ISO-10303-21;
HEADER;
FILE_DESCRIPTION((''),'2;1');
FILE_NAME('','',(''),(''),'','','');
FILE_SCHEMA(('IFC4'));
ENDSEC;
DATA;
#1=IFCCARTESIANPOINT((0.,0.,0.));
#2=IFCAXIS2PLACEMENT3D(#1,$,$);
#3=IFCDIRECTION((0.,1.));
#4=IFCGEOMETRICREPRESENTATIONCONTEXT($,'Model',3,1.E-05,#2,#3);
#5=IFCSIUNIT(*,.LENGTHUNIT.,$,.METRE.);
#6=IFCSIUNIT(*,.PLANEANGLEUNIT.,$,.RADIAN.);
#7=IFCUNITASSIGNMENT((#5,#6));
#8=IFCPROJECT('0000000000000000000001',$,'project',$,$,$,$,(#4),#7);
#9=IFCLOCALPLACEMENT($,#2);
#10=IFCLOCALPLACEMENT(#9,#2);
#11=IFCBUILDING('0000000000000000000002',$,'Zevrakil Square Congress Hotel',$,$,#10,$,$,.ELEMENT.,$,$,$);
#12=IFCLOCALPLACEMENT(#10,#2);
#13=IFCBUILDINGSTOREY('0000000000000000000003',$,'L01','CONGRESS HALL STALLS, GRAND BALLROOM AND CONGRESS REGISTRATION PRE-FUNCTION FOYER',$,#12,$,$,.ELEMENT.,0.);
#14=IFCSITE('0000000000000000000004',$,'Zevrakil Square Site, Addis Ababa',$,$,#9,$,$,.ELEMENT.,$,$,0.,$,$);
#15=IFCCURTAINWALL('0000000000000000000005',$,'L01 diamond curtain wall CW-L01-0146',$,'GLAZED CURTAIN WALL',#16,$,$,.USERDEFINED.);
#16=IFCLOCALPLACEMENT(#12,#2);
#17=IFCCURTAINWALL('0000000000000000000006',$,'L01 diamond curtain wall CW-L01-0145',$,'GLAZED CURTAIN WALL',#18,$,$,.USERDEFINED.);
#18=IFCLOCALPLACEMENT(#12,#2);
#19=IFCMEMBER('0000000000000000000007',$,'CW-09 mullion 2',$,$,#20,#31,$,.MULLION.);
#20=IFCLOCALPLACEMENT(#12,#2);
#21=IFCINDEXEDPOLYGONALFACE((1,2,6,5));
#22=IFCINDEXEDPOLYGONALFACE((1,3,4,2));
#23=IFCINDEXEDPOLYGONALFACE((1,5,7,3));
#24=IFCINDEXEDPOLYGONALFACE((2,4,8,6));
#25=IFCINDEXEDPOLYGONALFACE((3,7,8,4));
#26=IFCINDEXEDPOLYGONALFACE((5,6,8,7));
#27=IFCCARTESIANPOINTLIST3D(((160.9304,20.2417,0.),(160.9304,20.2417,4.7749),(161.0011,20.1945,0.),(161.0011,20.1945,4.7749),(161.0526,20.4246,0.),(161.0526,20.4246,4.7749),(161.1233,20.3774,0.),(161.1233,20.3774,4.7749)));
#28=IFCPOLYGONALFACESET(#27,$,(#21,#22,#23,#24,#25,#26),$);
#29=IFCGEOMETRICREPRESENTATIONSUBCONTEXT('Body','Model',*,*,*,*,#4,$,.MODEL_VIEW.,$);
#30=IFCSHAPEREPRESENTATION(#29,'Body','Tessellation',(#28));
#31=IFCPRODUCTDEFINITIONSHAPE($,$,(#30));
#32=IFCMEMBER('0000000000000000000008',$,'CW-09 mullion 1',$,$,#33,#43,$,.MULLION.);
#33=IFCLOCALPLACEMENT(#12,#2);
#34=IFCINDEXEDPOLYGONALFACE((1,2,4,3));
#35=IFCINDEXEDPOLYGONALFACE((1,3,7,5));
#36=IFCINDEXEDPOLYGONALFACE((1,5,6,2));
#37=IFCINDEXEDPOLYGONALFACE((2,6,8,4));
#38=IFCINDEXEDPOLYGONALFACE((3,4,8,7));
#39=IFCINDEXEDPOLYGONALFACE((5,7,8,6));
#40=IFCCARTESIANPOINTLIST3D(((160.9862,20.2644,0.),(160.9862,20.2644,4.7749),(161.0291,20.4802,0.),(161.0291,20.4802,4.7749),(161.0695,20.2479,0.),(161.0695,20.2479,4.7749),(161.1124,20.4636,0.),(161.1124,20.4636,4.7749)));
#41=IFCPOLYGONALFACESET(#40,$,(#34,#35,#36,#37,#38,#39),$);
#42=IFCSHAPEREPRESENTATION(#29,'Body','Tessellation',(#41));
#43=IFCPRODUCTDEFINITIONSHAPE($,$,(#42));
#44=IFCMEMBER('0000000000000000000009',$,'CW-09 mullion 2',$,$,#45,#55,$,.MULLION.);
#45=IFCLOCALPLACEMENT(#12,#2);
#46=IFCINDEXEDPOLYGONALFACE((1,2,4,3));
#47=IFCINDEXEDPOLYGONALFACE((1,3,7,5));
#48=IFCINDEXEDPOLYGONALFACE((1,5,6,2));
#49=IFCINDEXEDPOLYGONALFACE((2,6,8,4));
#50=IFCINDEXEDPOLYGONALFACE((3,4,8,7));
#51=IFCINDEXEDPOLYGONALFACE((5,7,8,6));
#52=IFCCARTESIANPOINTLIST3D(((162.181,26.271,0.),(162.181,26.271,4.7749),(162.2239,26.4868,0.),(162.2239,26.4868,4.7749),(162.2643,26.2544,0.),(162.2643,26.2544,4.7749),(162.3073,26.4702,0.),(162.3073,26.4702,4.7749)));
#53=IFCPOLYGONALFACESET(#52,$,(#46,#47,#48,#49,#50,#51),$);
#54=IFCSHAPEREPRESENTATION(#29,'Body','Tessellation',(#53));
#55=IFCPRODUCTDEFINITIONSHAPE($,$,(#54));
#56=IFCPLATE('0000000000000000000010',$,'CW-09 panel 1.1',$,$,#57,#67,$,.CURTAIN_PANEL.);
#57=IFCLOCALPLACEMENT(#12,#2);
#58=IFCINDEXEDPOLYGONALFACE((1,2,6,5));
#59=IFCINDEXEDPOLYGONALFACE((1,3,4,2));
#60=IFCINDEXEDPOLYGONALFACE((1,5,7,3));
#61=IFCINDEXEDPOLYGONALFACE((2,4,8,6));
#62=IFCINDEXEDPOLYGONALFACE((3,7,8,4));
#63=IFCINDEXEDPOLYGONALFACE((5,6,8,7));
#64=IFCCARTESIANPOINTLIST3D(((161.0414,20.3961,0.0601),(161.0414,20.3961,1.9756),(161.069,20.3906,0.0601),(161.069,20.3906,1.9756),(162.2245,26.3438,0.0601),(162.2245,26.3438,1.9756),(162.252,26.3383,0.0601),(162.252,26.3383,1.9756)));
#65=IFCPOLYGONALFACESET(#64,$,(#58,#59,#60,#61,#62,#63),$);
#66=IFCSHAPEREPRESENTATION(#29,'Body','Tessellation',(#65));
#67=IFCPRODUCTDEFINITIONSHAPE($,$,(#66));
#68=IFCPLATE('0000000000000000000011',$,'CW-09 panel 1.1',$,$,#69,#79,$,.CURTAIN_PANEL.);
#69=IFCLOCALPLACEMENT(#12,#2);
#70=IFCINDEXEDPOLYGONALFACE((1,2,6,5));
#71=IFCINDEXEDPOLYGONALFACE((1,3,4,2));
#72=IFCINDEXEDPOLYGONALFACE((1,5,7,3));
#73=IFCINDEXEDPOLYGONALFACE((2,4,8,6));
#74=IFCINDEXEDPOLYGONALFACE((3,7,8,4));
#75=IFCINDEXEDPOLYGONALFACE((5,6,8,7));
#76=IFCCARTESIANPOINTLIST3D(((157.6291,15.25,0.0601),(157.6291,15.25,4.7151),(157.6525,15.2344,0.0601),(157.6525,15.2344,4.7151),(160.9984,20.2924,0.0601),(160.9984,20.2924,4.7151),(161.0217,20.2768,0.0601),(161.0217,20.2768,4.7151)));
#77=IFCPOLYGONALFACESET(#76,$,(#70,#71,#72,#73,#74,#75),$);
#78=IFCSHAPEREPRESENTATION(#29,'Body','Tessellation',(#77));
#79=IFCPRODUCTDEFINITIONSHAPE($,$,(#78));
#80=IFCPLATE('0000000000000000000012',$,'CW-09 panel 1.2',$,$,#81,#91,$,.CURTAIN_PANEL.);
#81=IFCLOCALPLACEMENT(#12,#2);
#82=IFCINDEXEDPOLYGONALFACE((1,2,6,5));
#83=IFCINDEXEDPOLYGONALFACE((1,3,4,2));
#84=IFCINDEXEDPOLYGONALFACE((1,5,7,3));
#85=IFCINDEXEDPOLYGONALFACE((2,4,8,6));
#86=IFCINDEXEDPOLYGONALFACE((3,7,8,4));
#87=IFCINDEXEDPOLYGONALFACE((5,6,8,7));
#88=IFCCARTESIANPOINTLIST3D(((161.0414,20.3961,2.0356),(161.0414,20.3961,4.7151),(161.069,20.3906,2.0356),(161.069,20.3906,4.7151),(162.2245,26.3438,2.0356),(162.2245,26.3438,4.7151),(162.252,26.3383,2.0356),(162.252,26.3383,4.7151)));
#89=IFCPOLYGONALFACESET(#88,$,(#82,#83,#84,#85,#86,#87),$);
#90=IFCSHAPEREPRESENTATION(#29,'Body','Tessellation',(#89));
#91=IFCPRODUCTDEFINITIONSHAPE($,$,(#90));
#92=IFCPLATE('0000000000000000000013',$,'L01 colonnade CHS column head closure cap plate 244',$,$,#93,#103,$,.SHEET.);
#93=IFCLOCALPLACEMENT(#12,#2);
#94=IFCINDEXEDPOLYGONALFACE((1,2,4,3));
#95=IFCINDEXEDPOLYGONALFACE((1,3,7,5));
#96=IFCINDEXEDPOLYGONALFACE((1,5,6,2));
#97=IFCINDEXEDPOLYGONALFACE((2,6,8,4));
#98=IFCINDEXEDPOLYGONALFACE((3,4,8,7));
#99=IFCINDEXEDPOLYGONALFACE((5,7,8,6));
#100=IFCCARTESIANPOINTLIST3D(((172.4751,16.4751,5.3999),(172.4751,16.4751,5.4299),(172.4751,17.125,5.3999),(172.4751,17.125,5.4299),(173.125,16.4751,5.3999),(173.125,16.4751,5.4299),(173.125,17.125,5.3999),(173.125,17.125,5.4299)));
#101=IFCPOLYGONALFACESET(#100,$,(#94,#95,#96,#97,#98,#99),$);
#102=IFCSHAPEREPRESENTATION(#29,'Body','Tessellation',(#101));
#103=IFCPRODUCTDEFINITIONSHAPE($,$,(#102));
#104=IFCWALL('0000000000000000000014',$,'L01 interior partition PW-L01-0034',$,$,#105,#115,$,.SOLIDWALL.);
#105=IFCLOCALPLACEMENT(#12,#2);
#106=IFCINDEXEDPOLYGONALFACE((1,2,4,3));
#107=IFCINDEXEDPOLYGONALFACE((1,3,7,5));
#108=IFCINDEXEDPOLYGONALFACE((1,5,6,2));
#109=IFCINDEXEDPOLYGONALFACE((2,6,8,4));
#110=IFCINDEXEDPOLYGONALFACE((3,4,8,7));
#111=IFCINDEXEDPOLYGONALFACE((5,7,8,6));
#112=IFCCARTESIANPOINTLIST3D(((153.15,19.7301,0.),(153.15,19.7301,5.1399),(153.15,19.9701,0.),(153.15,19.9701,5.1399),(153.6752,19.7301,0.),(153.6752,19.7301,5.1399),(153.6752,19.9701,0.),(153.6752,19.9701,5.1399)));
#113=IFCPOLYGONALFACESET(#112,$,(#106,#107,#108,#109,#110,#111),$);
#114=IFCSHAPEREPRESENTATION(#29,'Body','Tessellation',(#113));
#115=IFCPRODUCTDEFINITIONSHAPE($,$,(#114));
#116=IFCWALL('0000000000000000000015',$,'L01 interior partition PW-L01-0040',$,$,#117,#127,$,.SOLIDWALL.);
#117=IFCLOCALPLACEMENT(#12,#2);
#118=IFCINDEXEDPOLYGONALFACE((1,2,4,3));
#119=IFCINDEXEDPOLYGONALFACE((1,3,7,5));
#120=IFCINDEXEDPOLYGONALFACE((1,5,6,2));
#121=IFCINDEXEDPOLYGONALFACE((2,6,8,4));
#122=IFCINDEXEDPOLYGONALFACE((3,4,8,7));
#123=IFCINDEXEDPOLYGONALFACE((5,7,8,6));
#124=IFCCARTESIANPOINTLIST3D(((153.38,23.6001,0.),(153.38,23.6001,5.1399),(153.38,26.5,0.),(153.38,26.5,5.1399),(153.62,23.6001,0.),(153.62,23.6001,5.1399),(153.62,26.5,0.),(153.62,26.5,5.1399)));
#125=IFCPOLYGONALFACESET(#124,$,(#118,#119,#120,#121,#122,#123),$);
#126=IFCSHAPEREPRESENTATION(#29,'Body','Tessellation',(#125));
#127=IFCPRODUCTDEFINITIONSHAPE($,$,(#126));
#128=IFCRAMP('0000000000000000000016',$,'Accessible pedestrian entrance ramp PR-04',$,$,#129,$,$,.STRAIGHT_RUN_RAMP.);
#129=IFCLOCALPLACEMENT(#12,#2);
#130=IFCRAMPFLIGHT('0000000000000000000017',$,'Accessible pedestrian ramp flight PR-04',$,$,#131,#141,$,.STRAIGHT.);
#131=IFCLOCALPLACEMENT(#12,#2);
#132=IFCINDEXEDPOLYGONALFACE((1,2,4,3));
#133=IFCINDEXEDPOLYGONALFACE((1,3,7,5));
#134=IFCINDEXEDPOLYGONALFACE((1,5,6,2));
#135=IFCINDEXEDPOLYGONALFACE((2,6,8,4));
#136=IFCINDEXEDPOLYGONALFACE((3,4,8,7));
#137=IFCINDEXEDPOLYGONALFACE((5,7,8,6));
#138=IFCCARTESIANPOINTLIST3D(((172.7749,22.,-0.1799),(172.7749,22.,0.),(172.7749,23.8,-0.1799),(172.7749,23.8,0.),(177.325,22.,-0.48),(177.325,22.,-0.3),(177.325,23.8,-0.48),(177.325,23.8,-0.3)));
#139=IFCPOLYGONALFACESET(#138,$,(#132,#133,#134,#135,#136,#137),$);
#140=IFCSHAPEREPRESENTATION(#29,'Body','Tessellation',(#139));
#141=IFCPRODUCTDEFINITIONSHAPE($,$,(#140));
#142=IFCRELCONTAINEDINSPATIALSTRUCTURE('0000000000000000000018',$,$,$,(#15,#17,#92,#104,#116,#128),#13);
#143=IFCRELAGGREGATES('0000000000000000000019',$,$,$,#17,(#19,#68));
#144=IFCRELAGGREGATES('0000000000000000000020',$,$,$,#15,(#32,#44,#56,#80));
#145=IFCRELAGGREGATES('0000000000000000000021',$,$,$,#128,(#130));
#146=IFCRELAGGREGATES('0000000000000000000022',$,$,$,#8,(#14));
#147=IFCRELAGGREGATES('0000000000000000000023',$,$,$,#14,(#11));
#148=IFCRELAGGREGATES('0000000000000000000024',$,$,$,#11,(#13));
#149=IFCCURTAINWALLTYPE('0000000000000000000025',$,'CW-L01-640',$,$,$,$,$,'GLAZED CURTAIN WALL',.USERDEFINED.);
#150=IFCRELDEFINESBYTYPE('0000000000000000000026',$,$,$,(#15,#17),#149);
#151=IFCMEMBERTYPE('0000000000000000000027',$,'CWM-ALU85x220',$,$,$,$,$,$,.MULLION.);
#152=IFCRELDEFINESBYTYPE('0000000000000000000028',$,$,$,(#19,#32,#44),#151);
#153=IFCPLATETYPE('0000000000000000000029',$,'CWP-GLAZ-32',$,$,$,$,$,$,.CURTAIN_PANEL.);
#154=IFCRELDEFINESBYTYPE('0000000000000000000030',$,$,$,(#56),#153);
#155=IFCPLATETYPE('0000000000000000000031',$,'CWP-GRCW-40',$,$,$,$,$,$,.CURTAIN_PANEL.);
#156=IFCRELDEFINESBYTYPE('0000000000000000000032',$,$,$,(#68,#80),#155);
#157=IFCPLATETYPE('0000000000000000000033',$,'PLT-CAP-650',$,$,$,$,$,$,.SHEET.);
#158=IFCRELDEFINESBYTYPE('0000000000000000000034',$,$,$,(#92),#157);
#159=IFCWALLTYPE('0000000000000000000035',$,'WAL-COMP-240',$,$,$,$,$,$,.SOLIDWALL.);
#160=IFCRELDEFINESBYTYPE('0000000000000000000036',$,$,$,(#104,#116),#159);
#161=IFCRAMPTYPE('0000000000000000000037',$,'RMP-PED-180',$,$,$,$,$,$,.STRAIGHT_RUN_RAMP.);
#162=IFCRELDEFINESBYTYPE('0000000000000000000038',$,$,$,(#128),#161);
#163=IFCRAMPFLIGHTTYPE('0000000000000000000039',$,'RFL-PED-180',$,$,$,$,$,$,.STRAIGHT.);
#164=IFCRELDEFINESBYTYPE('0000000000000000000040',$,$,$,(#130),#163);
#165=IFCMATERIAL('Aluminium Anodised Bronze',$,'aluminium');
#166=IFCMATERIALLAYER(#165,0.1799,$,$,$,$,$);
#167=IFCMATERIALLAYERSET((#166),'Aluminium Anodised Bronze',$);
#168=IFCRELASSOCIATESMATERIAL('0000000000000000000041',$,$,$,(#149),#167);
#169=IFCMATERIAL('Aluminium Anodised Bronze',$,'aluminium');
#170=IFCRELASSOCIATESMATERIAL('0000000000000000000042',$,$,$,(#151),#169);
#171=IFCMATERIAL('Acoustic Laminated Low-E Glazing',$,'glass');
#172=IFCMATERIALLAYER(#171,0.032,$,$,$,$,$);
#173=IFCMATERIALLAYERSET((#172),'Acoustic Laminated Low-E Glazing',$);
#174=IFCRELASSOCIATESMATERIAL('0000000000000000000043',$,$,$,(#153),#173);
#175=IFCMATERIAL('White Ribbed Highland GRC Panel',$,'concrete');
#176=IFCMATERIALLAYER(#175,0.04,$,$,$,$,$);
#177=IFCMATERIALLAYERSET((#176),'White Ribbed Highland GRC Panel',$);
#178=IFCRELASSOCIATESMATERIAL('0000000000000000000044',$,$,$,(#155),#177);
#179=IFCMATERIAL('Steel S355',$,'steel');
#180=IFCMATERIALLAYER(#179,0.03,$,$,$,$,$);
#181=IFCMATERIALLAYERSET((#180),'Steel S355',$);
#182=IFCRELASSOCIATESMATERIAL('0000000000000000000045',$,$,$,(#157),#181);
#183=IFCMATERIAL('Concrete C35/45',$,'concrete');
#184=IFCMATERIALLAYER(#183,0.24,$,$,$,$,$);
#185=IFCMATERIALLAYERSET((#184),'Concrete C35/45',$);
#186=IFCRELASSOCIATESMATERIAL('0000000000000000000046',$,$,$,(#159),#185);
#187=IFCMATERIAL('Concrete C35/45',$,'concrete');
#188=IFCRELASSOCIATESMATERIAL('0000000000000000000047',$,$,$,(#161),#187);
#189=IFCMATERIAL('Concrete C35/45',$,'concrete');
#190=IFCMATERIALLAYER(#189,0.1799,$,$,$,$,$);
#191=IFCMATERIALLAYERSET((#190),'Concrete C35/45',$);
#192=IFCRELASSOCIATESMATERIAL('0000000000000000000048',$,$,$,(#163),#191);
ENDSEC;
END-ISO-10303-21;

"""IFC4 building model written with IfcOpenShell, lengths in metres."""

from ifc_helpers import new_model, si_unit, direction, frame, frame_2d, origin, origin_2d, place, context, subcontext, project, spatial, polyline, rectangle, outline, extrude, material, layer, layer_set, material_profile, profile_set, type_object, element, aggregate, save


model = new_model("IFC4")

# Units and contexts
model_context = context("Model", 3, precision=1e-05, world=origin(), true_north=direction((0.0, 1.0)))
body_context = subcontext(model_context, "Body", "Model", "MODEL_VIEW")
ifc_project = project(units=[si_unit("LENGTHUNIT", "METRE"), si_unit("PLANEANGLEUNIT", "RADIAN")], contexts=[model_context])

# Site, building, storey
site_placement = place(None, origin())
site = spatial("IfcSite", under=ifc_project, at=site_placement, Name="Zevrakil Square Site, Addis Ababa", CompositionType="ELEMENT", RefElevation=0.0)
building_placement = place(site_placement, origin())
building = spatial("IfcBuilding", under=site, at=building_placement, Name="Zevrakil Square Congress Hotel", CompositionType="ELEMENT")
storey_placement = place(building_placement, origin())
storey = spatial("IfcBuildingStorey", under=building, at=storey_placement, Name="L01", Description="CONGRESS HALL STALLS, GRAND BALLROOM AND CONGRESS REGISTRATION PRE-FUNCTION FOYER", CompositionType="ELEMENT", Elevation=0.0)

# Curtain wall
ifc_material_1 = material(Name="Aluminium Anodised Bronze", Category="aluminium")
ifc_layer_1 = layer(ifc_material_1, 0.1799)
ifc_layer_set_1 = layer_set([ifc_layer_1], Name="Aluminium Anodised Bronze")
curtain_wall_type = type_object("IfcCurtainWallType", Name="CW-L01-640", ElementType="GLAZED CURTAIN WALL", PredefinedType="USERDEFINED", material=ifc_layer_set_1)
curtain_wall_1_placement = place(storey_placement, origin())
curtain_wall_1 = element("IfcCurtainWall", 1, at=curtain_wall_1_placement, inside=storey, type_object=curtain_wall_type, Name="L01 diamond curtain wall CW-L01-0146", ObjectType="GLAZED CURTAIN WALL", PredefinedType="USERDEFINED")

# Curtain wall, member
curtain_wall_2_placement = place(storey_placement, origin())
curtain_wall_2 = element("IfcCurtainWall", 2, at=curtain_wall_2_placement, inside=storey, type_object=curtain_wall_type, Name="L01 diamond curtain wall CW-L01-0145", ObjectType="GLAZED CURTAIN WALL", PredefinedType="USERDEFINED")
ifc_material_2 = material(Name="Aluminium Anodised Bronze", Category="aluminium")
ifc_material_profile_1 = material_profile(ifc_material_2, rectangle(XDim=0.085, YDim=0.22, at=origin_2d()), Name="ALU 85x220")
ifc_profile_set_1 = profile_set([ifc_material_profile_1], Name="Aluminium Anodised Bronze")
member_type_1 = type_object("IfcMemberType", Name="CWM-ALU85x220", PredefinedType="MULLION", material=ifc_profile_set_1)
member_1_placement = place(storey_placement, frame((161.0269, 20.3096, 0.0), z_axis=(0.0, 0.0, 1.0), x_axis=(-0.831465, 0.555577, 0.0)))
member_1 = element("IfcMember", 3, at=member_1_placement, type_object=member_type_1, Name="CW-09 mullion 2", PredefinedType="MULLION", context=body_context, shape_type="SweptSolid", body=[
    extrude(rectangle(XDim=0.085, YDim=0.22, at=origin_2d()), origin(), (0.0, 0.0, 1.0), 4.7749),
])

# Members
member_2_placement = place(storey_placement, frame((161.0493, 20.364, 0.0), z_axis=(0.0, 0.0, 1.0), x_axis=(-0.980785, 0.19509, 0.0)))
member_2 = element("IfcMember", 4, at=member_2_placement, type_object=member_type_1, Name="CW-09 mullion 1", PredefinedType="MULLION", context=body_context, shape_type="SweptSolid", body=[
    extrude(rectangle(XDim=0.085, YDim=0.22, at=origin_2d()), origin(), (0.0, 0.0, 1.0), 4.7749),
])
member_3_placement = place(storey_placement, frame((162.2441, 26.3706, 0.0), z_axis=(0.0, 0.0, 1.0), x_axis=(-0.980785, 0.19509, 0.0)))
member_3 = element("IfcMember", 5, at=member_3_placement, type_object=member_type_1, Name="CW-09 mullion 2", PredefinedType="MULLION", context=body_context, shape_type="SweptSolid", body=[
    extrude(rectangle(XDim=0.085, YDim=0.22, at=origin_2d()), origin(), (0.0, 0.0, 1.0), 4.7749),
])

# Plates
ifc_material_3 = material(Name="Acoustic Laminated Low-E Glazing", Category="glass")
ifc_layer_2 = layer(ifc_material_3, 0.032)
ifc_layer_set_2 = layer_set([ifc_layer_2], Name="Acoustic Laminated Low-E Glazing")
plate_type_1 = type_object("IfcPlateType", Name="CWP-GLAZ-32", PredefinedType="CURTAIN_PANEL", material=ifc_layer_set_2)
plate_1_placement = place(storey_placement, frame((161.6467, 23.3672, 0.0601), z_axis=(0.0, 0.0, 1.0), x_axis=(0.19509, 0.980785, 0.0)))
plate_1 = element("IfcPlate", 6, at=plate_1_placement, type_object=plate_type_1, Name="CW-09 panel 1.1", PredefinedType="CURTAIN_PANEL", context=body_context, shape_type="SweptSolid", body=[
    extrude(rectangle(XDim=6.0642, YDim=0.0281, at=origin_2d()), origin(), (0.0, 0.0, 1.0), 1.9155),
])
ifc_material_4 = material(Name="White Ribbed Highland GRC Panel", Category="concrete")
ifc_layer_3 = layer(ifc_material_4, 0.04)
ifc_layer_set_3 = layer_set([ifc_layer_3], Name="White Ribbed Highland GRC Panel")
plate_type_2 = type_object("IfcPlateType", Name="CWP-GRCW-40", PredefinedType="CURTAIN_PANEL", material=ifc_layer_set_3)
plate_2_placement = place(storey_placement, frame((159.3254, 17.7634, 0.0601), z_axis=(0.0, 0.0, 1.0), x_axis=(0.555577, 0.831465, 0.0)))
plate_2 = element("IfcPlate", 7, at=plate_2_placement, type_object=plate_type_2, Name="CW-09 panel 1.1", PredefinedType="CURTAIN_PANEL", context=body_context, shape_type="SweptSolid", body=[
    extrude(rectangle(XDim=6.0645, YDim=0.0281, at=origin_2d()), origin(), (0.0, 0.0, 1.0), 4.655),
])
aggregate(curtain_wall_2, [member_1, plate_2])
plate_3_placement = place(storey_placement, frame((161.6467, 23.3672, 2.0356), z_axis=(0.0, 0.0, 1.0), x_axis=(0.19509, 0.980785, 0.0)))
plate_3 = element("IfcPlate", 8, at=plate_3_placement, type_object=plate_type_2, Name="CW-09 panel 1.2", PredefinedType="CURTAIN_PANEL", context=body_context, shape_type="SweptSolid", body=[
    extrude(rectangle(XDim=6.0642, YDim=0.0281, at=origin_2d()), origin(), (0.0, 0.0, 1.0), 2.6794),
])
aggregate(curtain_wall_1, [member_2, member_3, plate_1, plate_3])
ifc_material_5 = material(Name="Steel S355", Category="steel")
ifc_layer_4 = layer(ifc_material_5, 0.03)
ifc_layer_set_4 = layer_set([ifc_layer_4], Name="Steel S355")
plate_type_3 = type_object("IfcPlateType", Name="PLT-CAP-650", PredefinedType="SHEET", material=ifc_layer_set_4)
plate_4_placement = place(storey_placement, frame((172.8, 16.8, 5.3999), z_axis=(0.0, 0.0, 1.0), x_axis=(1.0, 0.0, 0.0)))
element("IfcPlate", 9, at=plate_4_placement, inside=storey, type_object=plate_type_3, Name="L01 colonnade CHS column head closure cap plate 244", PredefinedType="SHEET", context=body_context, shape_type="SweptSolid", body=[
    extrude(rectangle(XDim=0.6499, YDim=0.6499, at=origin_2d()), origin(), (0.0, 0.0, 1.0), 0.03),
])

# Walls
ifc_material_6 = material(Name="Concrete C35/45", Category="concrete")
ifc_layer_5 = layer(ifc_material_6, 0.24)
ifc_layer_set_5 = layer_set([ifc_layer_5], Name="Concrete C35/45")
wall_type = type_object("IfcWallType", Name="WAL-COMP-240", PredefinedType="SOLIDWALL", material=ifc_layer_set_5)
wall_1_placement = place(storey_placement, frame((153.1499, 19.8501, 0.0), z_axis=(0.0, 0.0, 1.0), x_axis=(1.0, 0.0, 0.0)))
element("IfcWall", 10, at=wall_1_placement, inside=storey, type_object=wall_type, Name="L01 interior partition PW-L01-0034", PredefinedType="SOLIDWALL", context=body_context, shape_type="SweptSolid", body=[
    extrude(rectangle(XDim=0.5251, YDim=0.24, at=frame_2d((0.2627, 0.0))), origin(), (0.0, 0.0, 1.0), 5.1399),
])
wall_2_placement = place(storey_placement, frame((153.5, 23.6001, 0.0), z_axis=(0.0, 0.0, 1.0), x_axis=(0.0, 1.0, 0.0)))
element("IfcWall", 11, at=wall_2_placement, inside=storey, type_object=wall_type, Name="L01 interior partition PW-L01-0040", PredefinedType="SOLIDWALL", context=body_context, shape_type="SweptSolid", body=[
    extrude(rectangle(XDim=2.8999, YDim=0.24, at=frame_2d((1.45, 0.0))), origin(), (0.0, 0.0, 1.0), 5.1399),
])

# Ramp, ramp flight
ifc_material_7 = material(Name="Concrete C35/45", Category="concrete")
ramp_type = type_object("IfcRampType", Name="RMP-PED-180", PredefinedType="STRAIGHT_RUN_RAMP", material=ifc_material_7)
ramp_placement = place(storey_placement, origin())
ramp = element("IfcRamp", 12, at=ramp_placement, inside=storey, type_object=ramp_type, Name="Accessible pedestrian entrance ramp PR-04", PredefinedType="STRAIGHT_RUN_RAMP")
ifc_material_8 = material(Name="Concrete C35/45", Category="concrete")
ifc_layer_6 = layer(ifc_material_8, 0.1799)
ifc_layer_set_6 = layer_set([ifc_layer_6], Name="Concrete C35/45")
ramp_flight_type = type_object("IfcRampFlightType", Name="RFL-PED-180", PredefinedType="STRAIGHT", material=ifc_layer_set_6)
ramp_flight_placement = place(storey_placement, frame((177.325, 22.8999, -0.3), z_axis=(0.0, 1.0, 0.0), x_axis=(-1.0, 0.0, 0.0)))
ramp_flight = element("IfcRampFlight", 13, at=ramp_flight_placement, type_object=ramp_flight_type, Name="Accessible pedestrian ramp flight PR-04", PredefinedType="STRAIGHT", context=body_context, shape_type="SweptSolid", body=[
    extrude(outline(polyline([(0.0, 0.0), (4.55, 0.3), (4.55, 0.1201), (0.0, -0.1799), (0.0, 0.0)])), frame((0.0, 0.0, -0.8999), z_axis=(0.0, 0.0, 1.0), x_axis=(1.0, 0.0, 0.0)), (0.0, 0.0, 1.0), 1.8),
])
aggregate(ramp, [ramp_flight])

save(model, "model.ifc")
